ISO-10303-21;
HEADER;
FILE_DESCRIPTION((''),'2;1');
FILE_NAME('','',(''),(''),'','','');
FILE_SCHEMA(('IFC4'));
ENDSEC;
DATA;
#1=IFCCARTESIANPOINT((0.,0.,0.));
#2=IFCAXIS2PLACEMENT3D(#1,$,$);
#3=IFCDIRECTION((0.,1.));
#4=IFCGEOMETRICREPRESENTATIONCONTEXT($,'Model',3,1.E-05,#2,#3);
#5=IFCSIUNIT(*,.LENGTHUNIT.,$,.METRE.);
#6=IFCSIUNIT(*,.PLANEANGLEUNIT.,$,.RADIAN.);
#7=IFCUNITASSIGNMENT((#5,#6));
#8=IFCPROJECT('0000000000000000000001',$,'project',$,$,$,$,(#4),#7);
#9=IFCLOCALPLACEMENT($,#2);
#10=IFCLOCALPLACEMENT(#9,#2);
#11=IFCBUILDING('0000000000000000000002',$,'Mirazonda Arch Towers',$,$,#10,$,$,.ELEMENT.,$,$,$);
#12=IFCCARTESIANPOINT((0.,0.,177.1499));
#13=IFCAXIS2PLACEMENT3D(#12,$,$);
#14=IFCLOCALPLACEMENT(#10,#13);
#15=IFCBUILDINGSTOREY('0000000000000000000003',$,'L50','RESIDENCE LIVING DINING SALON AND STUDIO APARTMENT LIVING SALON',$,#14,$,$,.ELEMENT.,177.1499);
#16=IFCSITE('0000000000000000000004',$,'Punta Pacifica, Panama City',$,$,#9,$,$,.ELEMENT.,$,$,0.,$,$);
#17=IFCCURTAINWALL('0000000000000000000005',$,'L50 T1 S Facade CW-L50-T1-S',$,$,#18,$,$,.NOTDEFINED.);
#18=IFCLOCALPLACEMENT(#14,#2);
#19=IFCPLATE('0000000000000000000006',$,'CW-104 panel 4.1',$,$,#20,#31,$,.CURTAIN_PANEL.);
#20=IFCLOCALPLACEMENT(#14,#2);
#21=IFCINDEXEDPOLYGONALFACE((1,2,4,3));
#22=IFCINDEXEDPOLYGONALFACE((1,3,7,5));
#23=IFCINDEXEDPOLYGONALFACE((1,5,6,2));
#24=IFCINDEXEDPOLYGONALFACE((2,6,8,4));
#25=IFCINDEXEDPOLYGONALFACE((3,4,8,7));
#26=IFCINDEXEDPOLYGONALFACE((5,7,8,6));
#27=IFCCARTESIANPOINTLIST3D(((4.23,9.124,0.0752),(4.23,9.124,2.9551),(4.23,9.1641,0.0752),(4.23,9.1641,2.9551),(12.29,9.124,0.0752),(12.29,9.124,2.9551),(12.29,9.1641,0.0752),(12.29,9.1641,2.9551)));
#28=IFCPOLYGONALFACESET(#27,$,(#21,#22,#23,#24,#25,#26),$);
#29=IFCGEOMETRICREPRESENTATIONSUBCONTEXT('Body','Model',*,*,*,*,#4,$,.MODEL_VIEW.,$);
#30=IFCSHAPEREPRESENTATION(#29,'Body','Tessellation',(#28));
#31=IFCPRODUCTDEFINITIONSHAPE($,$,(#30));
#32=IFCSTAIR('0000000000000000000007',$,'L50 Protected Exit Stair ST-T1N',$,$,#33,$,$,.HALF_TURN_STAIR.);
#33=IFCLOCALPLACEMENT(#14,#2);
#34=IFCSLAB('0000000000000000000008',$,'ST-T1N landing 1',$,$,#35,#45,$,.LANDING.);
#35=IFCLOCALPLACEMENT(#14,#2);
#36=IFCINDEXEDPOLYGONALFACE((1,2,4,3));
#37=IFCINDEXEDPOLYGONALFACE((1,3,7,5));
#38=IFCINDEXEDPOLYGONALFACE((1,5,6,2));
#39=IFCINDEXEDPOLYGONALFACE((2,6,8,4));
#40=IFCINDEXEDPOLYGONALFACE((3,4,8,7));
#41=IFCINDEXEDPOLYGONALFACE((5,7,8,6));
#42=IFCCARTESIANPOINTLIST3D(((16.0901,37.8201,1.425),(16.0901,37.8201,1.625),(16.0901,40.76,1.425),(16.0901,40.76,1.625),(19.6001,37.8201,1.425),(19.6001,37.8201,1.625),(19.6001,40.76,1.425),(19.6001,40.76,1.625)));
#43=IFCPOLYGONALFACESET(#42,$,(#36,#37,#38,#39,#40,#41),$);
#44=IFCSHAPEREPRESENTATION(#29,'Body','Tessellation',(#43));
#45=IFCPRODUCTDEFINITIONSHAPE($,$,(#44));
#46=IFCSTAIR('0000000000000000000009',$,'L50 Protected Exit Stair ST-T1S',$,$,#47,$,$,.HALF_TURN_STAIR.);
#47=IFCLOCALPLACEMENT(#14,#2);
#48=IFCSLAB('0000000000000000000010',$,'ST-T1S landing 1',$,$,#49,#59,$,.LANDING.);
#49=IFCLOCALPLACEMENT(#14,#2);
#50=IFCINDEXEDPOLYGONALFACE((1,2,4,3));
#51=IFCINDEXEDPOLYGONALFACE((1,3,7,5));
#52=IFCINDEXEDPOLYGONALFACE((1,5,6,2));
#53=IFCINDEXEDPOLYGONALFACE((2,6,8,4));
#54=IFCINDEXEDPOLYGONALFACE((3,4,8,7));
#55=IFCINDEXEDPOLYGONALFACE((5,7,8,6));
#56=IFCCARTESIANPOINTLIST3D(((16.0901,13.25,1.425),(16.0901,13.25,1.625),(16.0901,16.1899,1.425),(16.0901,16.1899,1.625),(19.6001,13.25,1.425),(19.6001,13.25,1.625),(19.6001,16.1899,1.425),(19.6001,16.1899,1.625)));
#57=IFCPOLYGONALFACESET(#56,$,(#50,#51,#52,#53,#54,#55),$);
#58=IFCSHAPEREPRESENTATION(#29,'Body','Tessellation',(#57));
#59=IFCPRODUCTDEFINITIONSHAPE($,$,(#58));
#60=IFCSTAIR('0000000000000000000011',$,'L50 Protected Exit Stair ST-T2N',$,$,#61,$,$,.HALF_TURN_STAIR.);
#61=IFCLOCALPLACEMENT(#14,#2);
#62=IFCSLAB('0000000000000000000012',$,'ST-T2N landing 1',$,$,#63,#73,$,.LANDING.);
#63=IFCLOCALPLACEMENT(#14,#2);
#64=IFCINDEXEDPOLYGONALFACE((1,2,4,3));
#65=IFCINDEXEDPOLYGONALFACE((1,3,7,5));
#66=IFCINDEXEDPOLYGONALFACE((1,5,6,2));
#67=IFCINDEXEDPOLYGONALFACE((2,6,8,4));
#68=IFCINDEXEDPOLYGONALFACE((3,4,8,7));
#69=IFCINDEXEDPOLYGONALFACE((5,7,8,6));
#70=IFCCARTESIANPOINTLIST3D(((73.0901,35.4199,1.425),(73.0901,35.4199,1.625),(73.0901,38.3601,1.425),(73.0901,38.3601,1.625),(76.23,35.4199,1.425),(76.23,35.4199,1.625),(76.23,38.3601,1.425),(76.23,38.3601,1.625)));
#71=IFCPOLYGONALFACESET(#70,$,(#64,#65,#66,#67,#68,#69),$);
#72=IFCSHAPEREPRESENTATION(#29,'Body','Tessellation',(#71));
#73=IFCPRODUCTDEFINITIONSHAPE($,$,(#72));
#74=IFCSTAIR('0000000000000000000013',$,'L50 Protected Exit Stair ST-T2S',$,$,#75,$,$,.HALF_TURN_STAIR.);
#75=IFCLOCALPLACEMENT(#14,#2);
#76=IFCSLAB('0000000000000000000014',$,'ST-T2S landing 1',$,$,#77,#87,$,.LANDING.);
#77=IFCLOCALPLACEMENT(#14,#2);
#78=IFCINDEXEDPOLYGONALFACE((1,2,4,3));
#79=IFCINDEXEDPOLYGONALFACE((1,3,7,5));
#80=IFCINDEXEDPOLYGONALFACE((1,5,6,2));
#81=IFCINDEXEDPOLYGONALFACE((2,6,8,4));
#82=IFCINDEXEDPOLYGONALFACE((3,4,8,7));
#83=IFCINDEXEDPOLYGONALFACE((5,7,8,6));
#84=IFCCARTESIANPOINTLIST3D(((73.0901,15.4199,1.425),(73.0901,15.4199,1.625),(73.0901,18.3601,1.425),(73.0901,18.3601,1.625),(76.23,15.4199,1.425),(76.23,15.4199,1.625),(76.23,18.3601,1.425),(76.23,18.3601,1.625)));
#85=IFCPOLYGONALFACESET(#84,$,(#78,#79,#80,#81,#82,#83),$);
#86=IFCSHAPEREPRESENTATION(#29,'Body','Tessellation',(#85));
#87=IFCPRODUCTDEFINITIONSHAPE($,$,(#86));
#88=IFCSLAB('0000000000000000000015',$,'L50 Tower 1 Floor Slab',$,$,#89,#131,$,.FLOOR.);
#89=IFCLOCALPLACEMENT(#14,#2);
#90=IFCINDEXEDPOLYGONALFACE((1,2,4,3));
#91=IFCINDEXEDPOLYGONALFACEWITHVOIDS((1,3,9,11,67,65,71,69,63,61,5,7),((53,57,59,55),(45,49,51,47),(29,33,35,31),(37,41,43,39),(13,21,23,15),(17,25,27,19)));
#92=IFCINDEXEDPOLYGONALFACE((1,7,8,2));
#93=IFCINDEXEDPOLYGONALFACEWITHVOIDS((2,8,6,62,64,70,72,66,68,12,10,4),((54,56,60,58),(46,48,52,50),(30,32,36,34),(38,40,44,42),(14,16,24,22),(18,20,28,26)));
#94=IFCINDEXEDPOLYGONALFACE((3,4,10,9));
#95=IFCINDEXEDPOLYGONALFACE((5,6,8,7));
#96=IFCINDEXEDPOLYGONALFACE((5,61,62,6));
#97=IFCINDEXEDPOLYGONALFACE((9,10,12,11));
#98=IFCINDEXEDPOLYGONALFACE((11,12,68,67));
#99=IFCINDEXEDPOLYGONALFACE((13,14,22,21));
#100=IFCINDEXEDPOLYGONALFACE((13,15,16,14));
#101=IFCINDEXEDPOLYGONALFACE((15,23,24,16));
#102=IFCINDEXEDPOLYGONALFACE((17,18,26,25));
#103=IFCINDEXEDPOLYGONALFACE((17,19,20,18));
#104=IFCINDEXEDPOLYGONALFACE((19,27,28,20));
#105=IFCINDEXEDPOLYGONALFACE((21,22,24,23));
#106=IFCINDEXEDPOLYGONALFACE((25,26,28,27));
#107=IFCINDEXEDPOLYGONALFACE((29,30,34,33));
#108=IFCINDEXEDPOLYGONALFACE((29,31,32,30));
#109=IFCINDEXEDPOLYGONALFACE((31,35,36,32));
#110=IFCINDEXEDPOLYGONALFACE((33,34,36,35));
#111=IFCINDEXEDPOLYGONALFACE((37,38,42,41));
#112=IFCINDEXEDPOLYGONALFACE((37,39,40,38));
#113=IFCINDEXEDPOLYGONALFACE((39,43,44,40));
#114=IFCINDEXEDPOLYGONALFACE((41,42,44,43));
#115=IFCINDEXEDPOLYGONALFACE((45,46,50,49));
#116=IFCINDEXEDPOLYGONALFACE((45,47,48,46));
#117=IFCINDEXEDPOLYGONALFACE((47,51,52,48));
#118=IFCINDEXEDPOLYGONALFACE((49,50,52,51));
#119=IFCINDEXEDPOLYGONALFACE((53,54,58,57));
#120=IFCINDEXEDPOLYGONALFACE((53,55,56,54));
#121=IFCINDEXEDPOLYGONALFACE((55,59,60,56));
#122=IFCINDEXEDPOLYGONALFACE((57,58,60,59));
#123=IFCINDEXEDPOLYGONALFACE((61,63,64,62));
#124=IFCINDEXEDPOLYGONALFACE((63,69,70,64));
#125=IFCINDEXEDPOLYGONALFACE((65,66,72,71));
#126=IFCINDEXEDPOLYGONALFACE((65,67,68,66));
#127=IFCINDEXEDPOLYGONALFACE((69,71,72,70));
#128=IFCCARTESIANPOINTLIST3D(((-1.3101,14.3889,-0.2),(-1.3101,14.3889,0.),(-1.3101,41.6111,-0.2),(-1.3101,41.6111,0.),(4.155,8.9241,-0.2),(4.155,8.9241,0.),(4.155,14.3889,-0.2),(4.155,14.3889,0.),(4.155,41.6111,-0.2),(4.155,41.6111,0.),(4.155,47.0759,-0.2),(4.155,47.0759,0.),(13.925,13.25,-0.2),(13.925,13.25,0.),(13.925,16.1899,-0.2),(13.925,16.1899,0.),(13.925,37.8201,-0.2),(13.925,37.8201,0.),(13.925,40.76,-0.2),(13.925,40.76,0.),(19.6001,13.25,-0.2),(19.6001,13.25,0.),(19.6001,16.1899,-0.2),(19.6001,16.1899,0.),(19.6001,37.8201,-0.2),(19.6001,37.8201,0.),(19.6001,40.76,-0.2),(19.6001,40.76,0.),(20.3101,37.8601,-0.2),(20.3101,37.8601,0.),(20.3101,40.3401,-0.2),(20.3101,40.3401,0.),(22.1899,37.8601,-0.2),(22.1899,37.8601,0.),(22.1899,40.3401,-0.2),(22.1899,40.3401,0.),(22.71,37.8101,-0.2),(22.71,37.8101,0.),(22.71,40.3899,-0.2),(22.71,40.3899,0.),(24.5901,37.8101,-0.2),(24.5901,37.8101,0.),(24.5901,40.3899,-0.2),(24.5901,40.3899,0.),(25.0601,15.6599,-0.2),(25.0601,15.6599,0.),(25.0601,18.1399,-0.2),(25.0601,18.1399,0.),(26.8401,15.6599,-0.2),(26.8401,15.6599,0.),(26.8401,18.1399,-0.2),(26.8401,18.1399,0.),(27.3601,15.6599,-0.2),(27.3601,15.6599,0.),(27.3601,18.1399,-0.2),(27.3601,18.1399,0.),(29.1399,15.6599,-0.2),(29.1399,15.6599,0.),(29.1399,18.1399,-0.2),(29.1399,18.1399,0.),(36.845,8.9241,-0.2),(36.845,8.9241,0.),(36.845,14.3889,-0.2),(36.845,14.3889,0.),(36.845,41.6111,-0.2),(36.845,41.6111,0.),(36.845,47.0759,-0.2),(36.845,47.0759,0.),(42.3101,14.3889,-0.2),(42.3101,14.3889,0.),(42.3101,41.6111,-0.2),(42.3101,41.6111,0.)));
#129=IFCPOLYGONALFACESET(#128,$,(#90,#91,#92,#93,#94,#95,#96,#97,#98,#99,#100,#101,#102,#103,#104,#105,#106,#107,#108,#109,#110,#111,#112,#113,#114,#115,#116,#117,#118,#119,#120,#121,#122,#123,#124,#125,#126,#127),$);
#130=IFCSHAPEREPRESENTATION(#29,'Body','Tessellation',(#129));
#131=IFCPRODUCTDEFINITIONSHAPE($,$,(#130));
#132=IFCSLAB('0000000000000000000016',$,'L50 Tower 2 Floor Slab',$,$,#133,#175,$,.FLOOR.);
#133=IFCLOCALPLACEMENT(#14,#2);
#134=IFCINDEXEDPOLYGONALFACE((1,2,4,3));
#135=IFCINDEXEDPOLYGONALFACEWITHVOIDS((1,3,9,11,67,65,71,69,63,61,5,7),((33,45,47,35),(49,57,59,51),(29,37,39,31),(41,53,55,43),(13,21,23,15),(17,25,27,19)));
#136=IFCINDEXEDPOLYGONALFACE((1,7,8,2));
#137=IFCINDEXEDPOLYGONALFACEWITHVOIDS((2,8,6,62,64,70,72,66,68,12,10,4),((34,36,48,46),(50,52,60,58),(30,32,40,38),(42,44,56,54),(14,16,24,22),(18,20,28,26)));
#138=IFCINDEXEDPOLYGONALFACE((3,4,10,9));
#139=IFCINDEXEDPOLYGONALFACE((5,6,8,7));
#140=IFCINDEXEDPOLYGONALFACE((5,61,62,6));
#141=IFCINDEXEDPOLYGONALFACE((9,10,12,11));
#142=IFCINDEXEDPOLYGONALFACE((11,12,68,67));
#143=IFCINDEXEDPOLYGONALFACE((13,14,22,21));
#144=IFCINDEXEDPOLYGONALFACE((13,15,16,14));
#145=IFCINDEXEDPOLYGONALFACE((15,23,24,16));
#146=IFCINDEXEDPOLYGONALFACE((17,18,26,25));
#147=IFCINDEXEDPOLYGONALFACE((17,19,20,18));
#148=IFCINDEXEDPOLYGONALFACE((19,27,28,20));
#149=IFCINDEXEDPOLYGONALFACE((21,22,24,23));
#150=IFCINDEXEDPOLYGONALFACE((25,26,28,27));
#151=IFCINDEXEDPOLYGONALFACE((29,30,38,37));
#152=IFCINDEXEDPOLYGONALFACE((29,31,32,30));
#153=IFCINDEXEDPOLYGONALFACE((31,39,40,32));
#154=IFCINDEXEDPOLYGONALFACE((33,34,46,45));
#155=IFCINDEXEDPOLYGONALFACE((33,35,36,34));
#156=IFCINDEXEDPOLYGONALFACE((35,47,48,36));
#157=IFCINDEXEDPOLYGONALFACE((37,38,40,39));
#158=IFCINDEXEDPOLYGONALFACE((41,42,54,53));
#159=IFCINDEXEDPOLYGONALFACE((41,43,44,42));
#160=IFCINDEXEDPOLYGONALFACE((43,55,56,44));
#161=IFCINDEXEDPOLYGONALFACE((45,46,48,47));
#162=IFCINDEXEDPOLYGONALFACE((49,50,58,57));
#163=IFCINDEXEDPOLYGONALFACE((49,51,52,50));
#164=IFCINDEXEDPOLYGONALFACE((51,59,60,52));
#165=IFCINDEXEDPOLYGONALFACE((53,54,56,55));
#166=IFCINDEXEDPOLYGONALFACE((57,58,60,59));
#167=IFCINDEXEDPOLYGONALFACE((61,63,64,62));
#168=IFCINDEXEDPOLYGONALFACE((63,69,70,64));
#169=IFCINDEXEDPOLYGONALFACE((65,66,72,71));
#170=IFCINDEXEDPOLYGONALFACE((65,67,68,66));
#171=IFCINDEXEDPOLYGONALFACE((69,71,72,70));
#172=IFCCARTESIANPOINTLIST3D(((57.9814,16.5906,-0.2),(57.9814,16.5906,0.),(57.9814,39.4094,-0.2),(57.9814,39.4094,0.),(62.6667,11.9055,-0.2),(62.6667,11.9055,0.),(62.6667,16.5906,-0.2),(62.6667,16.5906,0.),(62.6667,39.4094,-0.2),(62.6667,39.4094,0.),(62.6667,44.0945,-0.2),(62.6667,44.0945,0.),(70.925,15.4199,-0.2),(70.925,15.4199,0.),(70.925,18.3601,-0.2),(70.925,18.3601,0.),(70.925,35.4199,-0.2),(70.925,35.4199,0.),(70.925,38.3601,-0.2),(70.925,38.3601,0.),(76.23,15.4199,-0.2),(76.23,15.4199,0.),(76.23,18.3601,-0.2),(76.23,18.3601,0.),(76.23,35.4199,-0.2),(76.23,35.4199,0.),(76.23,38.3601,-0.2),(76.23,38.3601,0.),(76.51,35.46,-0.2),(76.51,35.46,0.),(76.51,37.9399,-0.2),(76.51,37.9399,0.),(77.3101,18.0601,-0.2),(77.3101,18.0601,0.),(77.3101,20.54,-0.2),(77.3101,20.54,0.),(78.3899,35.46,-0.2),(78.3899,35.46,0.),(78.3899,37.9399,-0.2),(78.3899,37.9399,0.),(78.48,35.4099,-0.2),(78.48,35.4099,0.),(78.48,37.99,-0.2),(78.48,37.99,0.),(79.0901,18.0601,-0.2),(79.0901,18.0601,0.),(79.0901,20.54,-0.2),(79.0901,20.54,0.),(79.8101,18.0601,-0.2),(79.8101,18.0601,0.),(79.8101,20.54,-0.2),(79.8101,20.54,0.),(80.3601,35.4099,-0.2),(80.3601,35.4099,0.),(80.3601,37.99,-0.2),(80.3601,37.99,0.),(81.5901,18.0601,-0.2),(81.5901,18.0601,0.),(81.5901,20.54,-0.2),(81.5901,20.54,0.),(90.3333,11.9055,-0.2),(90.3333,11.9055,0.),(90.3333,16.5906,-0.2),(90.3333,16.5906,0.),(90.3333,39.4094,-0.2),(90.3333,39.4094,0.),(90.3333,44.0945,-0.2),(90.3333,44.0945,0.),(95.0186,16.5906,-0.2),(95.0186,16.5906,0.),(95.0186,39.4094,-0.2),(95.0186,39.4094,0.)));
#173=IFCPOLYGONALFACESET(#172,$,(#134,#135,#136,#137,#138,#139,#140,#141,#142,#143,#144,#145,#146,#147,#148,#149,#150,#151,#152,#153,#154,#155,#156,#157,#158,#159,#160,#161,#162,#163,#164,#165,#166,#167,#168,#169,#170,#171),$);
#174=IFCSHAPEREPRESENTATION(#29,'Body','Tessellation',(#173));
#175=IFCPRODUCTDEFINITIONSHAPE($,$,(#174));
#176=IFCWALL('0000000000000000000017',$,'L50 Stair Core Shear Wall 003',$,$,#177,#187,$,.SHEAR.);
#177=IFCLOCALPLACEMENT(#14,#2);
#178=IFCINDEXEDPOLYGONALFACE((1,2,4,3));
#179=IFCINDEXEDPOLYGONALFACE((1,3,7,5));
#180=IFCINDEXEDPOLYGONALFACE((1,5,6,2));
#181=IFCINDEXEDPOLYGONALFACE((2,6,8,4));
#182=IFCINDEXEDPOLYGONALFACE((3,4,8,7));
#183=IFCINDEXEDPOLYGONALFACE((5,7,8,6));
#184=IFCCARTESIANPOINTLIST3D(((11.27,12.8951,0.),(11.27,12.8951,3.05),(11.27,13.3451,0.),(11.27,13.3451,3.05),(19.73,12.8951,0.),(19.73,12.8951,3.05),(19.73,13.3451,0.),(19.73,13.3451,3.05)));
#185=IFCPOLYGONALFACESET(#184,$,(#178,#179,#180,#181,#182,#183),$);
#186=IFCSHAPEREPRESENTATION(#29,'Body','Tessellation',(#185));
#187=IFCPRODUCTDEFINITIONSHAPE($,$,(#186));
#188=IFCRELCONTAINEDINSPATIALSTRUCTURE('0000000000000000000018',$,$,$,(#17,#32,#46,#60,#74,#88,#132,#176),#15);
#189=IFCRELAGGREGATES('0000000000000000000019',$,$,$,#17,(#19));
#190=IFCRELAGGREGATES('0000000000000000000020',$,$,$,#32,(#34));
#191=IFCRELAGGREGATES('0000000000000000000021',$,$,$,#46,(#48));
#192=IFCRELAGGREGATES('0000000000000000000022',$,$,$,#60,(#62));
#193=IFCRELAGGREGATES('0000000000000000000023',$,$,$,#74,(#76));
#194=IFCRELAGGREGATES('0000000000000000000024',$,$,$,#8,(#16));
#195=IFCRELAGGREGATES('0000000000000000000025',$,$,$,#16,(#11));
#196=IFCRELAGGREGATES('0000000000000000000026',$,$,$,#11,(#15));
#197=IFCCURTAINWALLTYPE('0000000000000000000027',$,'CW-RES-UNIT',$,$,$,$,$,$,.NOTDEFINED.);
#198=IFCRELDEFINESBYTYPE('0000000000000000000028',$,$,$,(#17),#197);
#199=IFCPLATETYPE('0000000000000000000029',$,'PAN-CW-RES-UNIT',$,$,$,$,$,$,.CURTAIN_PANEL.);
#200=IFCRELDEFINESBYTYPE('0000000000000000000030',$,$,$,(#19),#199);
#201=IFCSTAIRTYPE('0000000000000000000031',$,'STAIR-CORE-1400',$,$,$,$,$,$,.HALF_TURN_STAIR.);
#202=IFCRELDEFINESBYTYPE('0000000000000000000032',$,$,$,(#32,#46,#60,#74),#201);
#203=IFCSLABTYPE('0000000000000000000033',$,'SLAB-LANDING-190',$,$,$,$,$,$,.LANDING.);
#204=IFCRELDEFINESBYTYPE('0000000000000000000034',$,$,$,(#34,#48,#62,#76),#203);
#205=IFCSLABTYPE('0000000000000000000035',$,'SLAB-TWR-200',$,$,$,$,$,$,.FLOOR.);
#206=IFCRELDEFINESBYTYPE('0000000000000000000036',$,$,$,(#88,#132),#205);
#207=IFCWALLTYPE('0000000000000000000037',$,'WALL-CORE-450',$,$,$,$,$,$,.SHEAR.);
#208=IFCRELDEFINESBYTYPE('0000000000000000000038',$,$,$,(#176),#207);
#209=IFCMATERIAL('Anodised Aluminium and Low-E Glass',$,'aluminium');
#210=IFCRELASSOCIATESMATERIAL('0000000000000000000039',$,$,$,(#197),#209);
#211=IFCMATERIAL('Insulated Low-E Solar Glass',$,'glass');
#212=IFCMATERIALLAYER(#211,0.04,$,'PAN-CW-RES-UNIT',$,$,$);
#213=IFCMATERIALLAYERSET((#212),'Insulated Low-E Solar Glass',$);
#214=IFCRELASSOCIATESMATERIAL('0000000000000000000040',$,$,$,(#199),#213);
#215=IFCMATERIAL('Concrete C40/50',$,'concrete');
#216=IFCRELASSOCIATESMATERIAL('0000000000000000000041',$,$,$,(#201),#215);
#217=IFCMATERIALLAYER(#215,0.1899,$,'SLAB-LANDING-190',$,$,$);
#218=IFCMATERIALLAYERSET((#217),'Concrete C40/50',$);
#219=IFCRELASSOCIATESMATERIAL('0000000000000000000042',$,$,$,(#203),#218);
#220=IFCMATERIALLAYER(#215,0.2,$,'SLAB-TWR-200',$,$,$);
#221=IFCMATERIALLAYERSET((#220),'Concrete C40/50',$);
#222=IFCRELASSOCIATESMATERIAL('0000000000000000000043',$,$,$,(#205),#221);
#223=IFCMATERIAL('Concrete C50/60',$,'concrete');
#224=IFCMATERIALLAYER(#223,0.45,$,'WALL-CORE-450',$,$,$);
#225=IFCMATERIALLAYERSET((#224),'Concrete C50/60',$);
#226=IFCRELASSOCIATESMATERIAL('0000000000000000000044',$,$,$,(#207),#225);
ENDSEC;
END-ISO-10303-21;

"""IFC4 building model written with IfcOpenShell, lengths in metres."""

from ifc_helpers import new_model, si_unit, direction, frame, frame_2d, origin, origin_2d, place, context, subcontext, project, spatial, polyline, rectangle, outline, extrude, material, layer, layer_set, type_object, element, aggregate, save


model = new_model("IFC4")

# Units and contexts
model_context = context("Model", 3, precision=1e-05, world=origin(), true_north=direction((0.0, 1.0)))
body_context = subcontext(model_context, "Body", "Model", "MODEL_VIEW")
ifc_project = project(units=[si_unit("LENGTHUNIT", "METRE"), si_unit("PLANEANGLEUNIT", "RADIAN")], contexts=[model_context])

# Site, building, storey
site_placement = place(None, origin())
site = spatial("IfcSite", under=ifc_project, at=site_placement, Name="Punta Pacifica, Panama City", CompositionType="ELEMENT", RefElevation=0.0)
building_placement = place(site_placement, origin())
building = spatial("IfcBuilding", under=site, at=building_placement, Name="Mirazonda Arch Towers", CompositionType="ELEMENT")
storey_placement = place(building_placement, frame((0.0, 0.0, 177.1499)))
storey = spatial("IfcBuildingStorey", under=building, at=storey_placement, Name="L50", Description="RESIDENCE LIVING DINING SALON AND STUDIO APARTMENT LIVING SALON", CompositionType="ELEMENT", Elevation=177.1499)

# Shared definitions
ifc_material_1 = material(Name="Concrete C50/60", Category="concrete")

# Curtain wall
ifc_material_2 = material(Name="Anodised Aluminium and Low-E Glass", Category="aluminium")
curtain_wall_type = type_object("IfcCurtainWallType", Name="CW-RES-UNIT", PredefinedType="NOTDEFINED", material=ifc_material_2)
curtain_wall_1_placement = place(storey_placement, origin())
curtain_wall_1 = element("IfcCurtainWall", 1, at=curtain_wall_1_placement, inside=storey, type_object=curtain_wall_type, Name="L50 T1 S Facade CW-L50-T1-S", PredefinedType="NOTDEFINED")

# Plate
ifc_material_3 = material(Name="Insulated Low-E Solar Glass", Category="glass")
ifc_layer_1 = layer(ifc_material_3, 0.04, Name="PAN-CW-RES-UNIT")
ifc_layer_set_1 = layer_set([ifc_layer_1], Name="Insulated Low-E Solar Glass")
plate_type = type_object("IfcPlateType", Name="PAN-CW-RES-UNIT", PredefinedType="CURTAIN_PANEL", material=ifc_layer_set_1)
plate_placement = place(storey_placement, frame((8.26, 9.144, 0.0752), z_axis=(0.0, 0.0, 1.0), x_axis=(-1.0, 0.0, 0.0)))
plate = element("IfcPlate", 2, at=plate_placement, type_object=plate_type, Name="CW-104 panel 4.1", PredefinedType="CURTAIN_PANEL", context=body_context, shape_type="SweptSolid", body=[
    extrude(rectangle(XDim=8.0601, YDim=0.04, at=origin_2d()), origin(), (0.0, 0.0, 1.0), 2.8799),
])
aggregate(curtain_wall_1, [plate])

# Stairs, slabs
ifc_material_4 = material(Name="Concrete C40/50", Category="concrete")
stair_type = type_object("IfcStairType", Name="STAIR-CORE-1400", PredefinedType="HALF_TURN_STAIR", material=ifc_material_4)
stair_1_placement = place(storey_placement, origin())
stair_1 = element("IfcStair", 3, at=stair_1_placement, inside=storey, type_object=stair_type, Name="L50 Protected Exit Stair ST-T1N", PredefinedType="HALF_TURN_STAIR")
ifc_layer_2 = layer(ifc_material_4, 0.1899, Name="SLAB-LANDING-190")
ifc_layer_set_2 = layer_set([ifc_layer_2], Name="Concrete C40/50")
slab_type_1 = type_object("IfcSlabType", Name="SLAB-LANDING-190", PredefinedType="LANDING", material=ifc_layer_set_2)
slab_1_placement = place(storey_placement, frame((0.0, 0.0, 1.425)))
slab_1 = element("IfcSlab", 4, at=slab_1_placement, type_object=slab_type_1, Name="ST-T1N landing 1", PredefinedType="LANDING", context=body_context, shape_type="SweptSolid", body=[
    extrude(outline(polyline([(16.0901, 37.8201), (19.6001, 37.8201), (19.6001, 40.76), (16.0901, 40.76), (16.0901, 37.8201)])), origin(), (0.0, 0.0, 1.0), 0.2),
])
aggregate(stair_1, [slab_1])
stair_2_placement = place(storey_placement, origin())
stair_2 = element("IfcStair", 5, at=stair_2_placement, inside=storey, type_object=stair_type, Name="L50 Protected Exit Stair ST-T1S", PredefinedType="HALF_TURN_STAIR")
slab_2_placement = place(storey_placement, frame((0.0, 0.0, 1.425)))
slab_2 = element("IfcSlab", 6, at=slab_2_placement, type_object=slab_type_1, Name="ST-T1S landing 1", PredefinedType="LANDING", context=body_context, shape_type="SweptSolid", body=[
    extrude(outline(polyline([(16.0901, 13.25), (19.6001, 13.25), (19.6001, 16.1899), (16.0901, 16.1899), (16.0901, 13.25)])), origin(), (0.0, 0.0, 1.0), 0.2),
])
aggregate(stair_2, [slab_2])
stair_3_placement = place(storey_placement, origin())
stair_3 = element("IfcStair", 7, at=stair_3_placement, inside=storey, type_object=stair_type, Name="L50 Protected Exit Stair ST-T2N", PredefinedType="HALF_TURN_STAIR")
slab_3_placement = place(storey_placement, frame((0.0, 0.0, 1.425)))
slab_3 = element("IfcSlab", 8, at=slab_3_placement, type_object=slab_type_1, Name="ST-T2N landing 1", PredefinedType="LANDING", context=body_context, shape_type="SweptSolid", body=[
    extrude(outline(polyline([(73.0901, 35.4199), (76.23, 35.4199), (76.23, 38.3601), (73.0901, 38.3601), (73.0901, 35.4199)])), origin(), (0.0, 0.0, 1.0), 0.2),
])
aggregate(stair_3, [slab_3])
stair_4_placement = place(storey_placement, origin())
stair_4 = element("IfcStair", 9, at=stair_4_placement, inside=storey, type_object=stair_type, Name="L50 Protected Exit Stair ST-T2S", PredefinedType="HALF_TURN_STAIR")
slab_4_placement = place(storey_placement, frame((0.0, 0.0, 1.425)))
slab_4 = element("IfcSlab", 10, at=slab_4_placement, type_object=slab_type_1, Name="ST-T2S landing 1", PredefinedType="LANDING", context=body_context, shape_type="SweptSolid", body=[
    extrude(outline(polyline([(73.0901, 15.4199), (76.23, 15.4199), (76.23, 18.3601), (73.0901, 18.3601), (73.0901, 15.4199)])), origin(), (0.0, 0.0, 1.0), 0.2),
])
aggregate(stair_4, [slab_4])

# Slabs
ifc_layer_3 = layer(ifc_material_4, 0.2, Name="SLAB-TWR-200")
ifc_layer_set_3 = layer_set([ifc_layer_3], Name="Concrete C40/50")
slab_type_2 = type_object("IfcSlabType", Name="SLAB-TWR-200", PredefinedType="FLOOR", material=ifc_layer_set_3)
slab_5_placement = place(storey_placement, frame((0.0, 0.0, -0.2)))
element("IfcSlab", 11, at=slab_5_placement, inside=storey, type_object=slab_type_2, Name="L50 Tower 1 Floor Slab", PredefinedType="FLOOR", context=body_context, shape_type="SweptSolid", body=[
    extrude(outline(polyline([(4.155, 8.9241), (36.845, 8.9241), (36.845, 14.3889), (42.3101, 14.3889), (42.3101, 41.6111), (36.845, 41.6111), (36.845, 47.0759), (4.155, 47.0759), (4.155, 41.6111), (-1.3101, 41.6111), (-1.3101, 14.3889), (4.155, 14.3889), (4.155, 8.9241)]), holes=[polyline([(27.3601, 18.1399), (29.1399, 18.1399), (29.1399, 15.6599), (27.3601, 15.6599), (27.3601, 18.1399)]), polyline([(25.0601, 18.1399), (26.8401, 18.1399), (26.8401, 15.6599), (25.0601, 15.6599), (25.0601, 18.1399)]), polyline([(22.71, 40.3899), (24.5901, 40.3899), (24.5901, 37.8101), (22.71, 37.8101), (22.71, 40.3899)]), polyline([(20.3101, 37.8601), (20.3101, 40.3401), (22.1899, 40.3401), (22.1899, 37.8601), (20.3101, 37.8601)]), polyline([(19.6001, 13.25), (13.925, 13.25), (13.925, 16.1899), (19.6001, 16.1899), (19.6001, 13.25)]), polyline([(13.925, 37.8201), (13.925, 40.76), (19.6001, 40.76), (19.6001, 37.8201), (13.925, 37.8201)])]), origin(), (0.0, 0.0, 1.0), 0.2),
])
slab_6_placement = place(storey_placement, frame((0.0, 0.0, -0.2)))
element("IfcSlab", 12, at=slab_6_placement, inside=storey, type_object=slab_type_2, Name="L50 Tower 2 Floor Slab", PredefinedType="FLOOR", context=body_context, shape_type="SweptSolid", body=[
    extrude(outline(polyline([(62.6667, 11.9055), (90.3333, 11.9055), (90.3333, 16.5906), (95.0186, 16.5906), (95.0186, 39.4094), (90.3333, 39.4094), (90.3333, 44.0945), (62.6667, 44.0945), (62.6667, 39.4094), (57.9814, 39.4094), (57.9814, 16.5906), (62.6667, 16.5906), (62.6667, 11.9055)]), holes=[polyline([(79.8101, 20.54), (81.5901, 20.54), (81.5901, 18.0601), (79.8101, 18.0601), (79.8101, 20.54)]), polyline([(78.48, 37.99), (80.3601, 37.99), (80.3601, 35.4099), (78.48, 35.4099), (78.48, 37.99)]), polyline([(77.3101, 20.54), (79.0901, 20.54), (79.0901, 18.0601), (77.3101, 18.0601), (77.3101, 20.54)]), polyline([(76.51, 35.46), (76.51, 37.9399), (78.3899, 37.9399), (78.3899, 35.46), (76.51, 35.46)]), polyline([(76.23, 15.4199), (70.925, 15.4199), (70.925, 18.3601), (76.23, 18.3601), (76.23, 15.4199)]), polyline([(70.925, 35.4199), (70.925, 38.3601), (76.23, 38.3601), (76.23, 35.4199), (70.925, 35.4199)])]), origin(), (0.0, 0.0, 1.0), 0.2),
])

# Wall
ifc_layer_4 = layer(ifc_material_1, 0.45, Name="WALL-CORE-450")
ifc_layer_set_4 = layer_set([ifc_layer_4], Name="Concrete C50/60")
wall_type_1 = type_object("IfcWallType", Name="WALL-CORE-450", PredefinedType="SHEAR", material=ifc_layer_set_4)
wall_1_placement = place(storey_placement, frame((11.27, 13.1201, 0.0), z_axis=(0.0, 0.0, 1.0), x_axis=(1.0, 0.0, 0.0)))
element("IfcWall", 13, at=wall_1_placement, inside=storey, type_object=wall_type_1, Name="L50 Stair Core Shear Wall 003", PredefinedType="SHEAR", context=body_context, shape_type="SweptSolid", body=[
    extrude(rectangle(XDim=8.46, YDim=0.45, at=frame_2d((4.23, 0.0))), origin(), (0.0, 0.0, 1.0), 3.05),
])

save(model, "model.ifc")
